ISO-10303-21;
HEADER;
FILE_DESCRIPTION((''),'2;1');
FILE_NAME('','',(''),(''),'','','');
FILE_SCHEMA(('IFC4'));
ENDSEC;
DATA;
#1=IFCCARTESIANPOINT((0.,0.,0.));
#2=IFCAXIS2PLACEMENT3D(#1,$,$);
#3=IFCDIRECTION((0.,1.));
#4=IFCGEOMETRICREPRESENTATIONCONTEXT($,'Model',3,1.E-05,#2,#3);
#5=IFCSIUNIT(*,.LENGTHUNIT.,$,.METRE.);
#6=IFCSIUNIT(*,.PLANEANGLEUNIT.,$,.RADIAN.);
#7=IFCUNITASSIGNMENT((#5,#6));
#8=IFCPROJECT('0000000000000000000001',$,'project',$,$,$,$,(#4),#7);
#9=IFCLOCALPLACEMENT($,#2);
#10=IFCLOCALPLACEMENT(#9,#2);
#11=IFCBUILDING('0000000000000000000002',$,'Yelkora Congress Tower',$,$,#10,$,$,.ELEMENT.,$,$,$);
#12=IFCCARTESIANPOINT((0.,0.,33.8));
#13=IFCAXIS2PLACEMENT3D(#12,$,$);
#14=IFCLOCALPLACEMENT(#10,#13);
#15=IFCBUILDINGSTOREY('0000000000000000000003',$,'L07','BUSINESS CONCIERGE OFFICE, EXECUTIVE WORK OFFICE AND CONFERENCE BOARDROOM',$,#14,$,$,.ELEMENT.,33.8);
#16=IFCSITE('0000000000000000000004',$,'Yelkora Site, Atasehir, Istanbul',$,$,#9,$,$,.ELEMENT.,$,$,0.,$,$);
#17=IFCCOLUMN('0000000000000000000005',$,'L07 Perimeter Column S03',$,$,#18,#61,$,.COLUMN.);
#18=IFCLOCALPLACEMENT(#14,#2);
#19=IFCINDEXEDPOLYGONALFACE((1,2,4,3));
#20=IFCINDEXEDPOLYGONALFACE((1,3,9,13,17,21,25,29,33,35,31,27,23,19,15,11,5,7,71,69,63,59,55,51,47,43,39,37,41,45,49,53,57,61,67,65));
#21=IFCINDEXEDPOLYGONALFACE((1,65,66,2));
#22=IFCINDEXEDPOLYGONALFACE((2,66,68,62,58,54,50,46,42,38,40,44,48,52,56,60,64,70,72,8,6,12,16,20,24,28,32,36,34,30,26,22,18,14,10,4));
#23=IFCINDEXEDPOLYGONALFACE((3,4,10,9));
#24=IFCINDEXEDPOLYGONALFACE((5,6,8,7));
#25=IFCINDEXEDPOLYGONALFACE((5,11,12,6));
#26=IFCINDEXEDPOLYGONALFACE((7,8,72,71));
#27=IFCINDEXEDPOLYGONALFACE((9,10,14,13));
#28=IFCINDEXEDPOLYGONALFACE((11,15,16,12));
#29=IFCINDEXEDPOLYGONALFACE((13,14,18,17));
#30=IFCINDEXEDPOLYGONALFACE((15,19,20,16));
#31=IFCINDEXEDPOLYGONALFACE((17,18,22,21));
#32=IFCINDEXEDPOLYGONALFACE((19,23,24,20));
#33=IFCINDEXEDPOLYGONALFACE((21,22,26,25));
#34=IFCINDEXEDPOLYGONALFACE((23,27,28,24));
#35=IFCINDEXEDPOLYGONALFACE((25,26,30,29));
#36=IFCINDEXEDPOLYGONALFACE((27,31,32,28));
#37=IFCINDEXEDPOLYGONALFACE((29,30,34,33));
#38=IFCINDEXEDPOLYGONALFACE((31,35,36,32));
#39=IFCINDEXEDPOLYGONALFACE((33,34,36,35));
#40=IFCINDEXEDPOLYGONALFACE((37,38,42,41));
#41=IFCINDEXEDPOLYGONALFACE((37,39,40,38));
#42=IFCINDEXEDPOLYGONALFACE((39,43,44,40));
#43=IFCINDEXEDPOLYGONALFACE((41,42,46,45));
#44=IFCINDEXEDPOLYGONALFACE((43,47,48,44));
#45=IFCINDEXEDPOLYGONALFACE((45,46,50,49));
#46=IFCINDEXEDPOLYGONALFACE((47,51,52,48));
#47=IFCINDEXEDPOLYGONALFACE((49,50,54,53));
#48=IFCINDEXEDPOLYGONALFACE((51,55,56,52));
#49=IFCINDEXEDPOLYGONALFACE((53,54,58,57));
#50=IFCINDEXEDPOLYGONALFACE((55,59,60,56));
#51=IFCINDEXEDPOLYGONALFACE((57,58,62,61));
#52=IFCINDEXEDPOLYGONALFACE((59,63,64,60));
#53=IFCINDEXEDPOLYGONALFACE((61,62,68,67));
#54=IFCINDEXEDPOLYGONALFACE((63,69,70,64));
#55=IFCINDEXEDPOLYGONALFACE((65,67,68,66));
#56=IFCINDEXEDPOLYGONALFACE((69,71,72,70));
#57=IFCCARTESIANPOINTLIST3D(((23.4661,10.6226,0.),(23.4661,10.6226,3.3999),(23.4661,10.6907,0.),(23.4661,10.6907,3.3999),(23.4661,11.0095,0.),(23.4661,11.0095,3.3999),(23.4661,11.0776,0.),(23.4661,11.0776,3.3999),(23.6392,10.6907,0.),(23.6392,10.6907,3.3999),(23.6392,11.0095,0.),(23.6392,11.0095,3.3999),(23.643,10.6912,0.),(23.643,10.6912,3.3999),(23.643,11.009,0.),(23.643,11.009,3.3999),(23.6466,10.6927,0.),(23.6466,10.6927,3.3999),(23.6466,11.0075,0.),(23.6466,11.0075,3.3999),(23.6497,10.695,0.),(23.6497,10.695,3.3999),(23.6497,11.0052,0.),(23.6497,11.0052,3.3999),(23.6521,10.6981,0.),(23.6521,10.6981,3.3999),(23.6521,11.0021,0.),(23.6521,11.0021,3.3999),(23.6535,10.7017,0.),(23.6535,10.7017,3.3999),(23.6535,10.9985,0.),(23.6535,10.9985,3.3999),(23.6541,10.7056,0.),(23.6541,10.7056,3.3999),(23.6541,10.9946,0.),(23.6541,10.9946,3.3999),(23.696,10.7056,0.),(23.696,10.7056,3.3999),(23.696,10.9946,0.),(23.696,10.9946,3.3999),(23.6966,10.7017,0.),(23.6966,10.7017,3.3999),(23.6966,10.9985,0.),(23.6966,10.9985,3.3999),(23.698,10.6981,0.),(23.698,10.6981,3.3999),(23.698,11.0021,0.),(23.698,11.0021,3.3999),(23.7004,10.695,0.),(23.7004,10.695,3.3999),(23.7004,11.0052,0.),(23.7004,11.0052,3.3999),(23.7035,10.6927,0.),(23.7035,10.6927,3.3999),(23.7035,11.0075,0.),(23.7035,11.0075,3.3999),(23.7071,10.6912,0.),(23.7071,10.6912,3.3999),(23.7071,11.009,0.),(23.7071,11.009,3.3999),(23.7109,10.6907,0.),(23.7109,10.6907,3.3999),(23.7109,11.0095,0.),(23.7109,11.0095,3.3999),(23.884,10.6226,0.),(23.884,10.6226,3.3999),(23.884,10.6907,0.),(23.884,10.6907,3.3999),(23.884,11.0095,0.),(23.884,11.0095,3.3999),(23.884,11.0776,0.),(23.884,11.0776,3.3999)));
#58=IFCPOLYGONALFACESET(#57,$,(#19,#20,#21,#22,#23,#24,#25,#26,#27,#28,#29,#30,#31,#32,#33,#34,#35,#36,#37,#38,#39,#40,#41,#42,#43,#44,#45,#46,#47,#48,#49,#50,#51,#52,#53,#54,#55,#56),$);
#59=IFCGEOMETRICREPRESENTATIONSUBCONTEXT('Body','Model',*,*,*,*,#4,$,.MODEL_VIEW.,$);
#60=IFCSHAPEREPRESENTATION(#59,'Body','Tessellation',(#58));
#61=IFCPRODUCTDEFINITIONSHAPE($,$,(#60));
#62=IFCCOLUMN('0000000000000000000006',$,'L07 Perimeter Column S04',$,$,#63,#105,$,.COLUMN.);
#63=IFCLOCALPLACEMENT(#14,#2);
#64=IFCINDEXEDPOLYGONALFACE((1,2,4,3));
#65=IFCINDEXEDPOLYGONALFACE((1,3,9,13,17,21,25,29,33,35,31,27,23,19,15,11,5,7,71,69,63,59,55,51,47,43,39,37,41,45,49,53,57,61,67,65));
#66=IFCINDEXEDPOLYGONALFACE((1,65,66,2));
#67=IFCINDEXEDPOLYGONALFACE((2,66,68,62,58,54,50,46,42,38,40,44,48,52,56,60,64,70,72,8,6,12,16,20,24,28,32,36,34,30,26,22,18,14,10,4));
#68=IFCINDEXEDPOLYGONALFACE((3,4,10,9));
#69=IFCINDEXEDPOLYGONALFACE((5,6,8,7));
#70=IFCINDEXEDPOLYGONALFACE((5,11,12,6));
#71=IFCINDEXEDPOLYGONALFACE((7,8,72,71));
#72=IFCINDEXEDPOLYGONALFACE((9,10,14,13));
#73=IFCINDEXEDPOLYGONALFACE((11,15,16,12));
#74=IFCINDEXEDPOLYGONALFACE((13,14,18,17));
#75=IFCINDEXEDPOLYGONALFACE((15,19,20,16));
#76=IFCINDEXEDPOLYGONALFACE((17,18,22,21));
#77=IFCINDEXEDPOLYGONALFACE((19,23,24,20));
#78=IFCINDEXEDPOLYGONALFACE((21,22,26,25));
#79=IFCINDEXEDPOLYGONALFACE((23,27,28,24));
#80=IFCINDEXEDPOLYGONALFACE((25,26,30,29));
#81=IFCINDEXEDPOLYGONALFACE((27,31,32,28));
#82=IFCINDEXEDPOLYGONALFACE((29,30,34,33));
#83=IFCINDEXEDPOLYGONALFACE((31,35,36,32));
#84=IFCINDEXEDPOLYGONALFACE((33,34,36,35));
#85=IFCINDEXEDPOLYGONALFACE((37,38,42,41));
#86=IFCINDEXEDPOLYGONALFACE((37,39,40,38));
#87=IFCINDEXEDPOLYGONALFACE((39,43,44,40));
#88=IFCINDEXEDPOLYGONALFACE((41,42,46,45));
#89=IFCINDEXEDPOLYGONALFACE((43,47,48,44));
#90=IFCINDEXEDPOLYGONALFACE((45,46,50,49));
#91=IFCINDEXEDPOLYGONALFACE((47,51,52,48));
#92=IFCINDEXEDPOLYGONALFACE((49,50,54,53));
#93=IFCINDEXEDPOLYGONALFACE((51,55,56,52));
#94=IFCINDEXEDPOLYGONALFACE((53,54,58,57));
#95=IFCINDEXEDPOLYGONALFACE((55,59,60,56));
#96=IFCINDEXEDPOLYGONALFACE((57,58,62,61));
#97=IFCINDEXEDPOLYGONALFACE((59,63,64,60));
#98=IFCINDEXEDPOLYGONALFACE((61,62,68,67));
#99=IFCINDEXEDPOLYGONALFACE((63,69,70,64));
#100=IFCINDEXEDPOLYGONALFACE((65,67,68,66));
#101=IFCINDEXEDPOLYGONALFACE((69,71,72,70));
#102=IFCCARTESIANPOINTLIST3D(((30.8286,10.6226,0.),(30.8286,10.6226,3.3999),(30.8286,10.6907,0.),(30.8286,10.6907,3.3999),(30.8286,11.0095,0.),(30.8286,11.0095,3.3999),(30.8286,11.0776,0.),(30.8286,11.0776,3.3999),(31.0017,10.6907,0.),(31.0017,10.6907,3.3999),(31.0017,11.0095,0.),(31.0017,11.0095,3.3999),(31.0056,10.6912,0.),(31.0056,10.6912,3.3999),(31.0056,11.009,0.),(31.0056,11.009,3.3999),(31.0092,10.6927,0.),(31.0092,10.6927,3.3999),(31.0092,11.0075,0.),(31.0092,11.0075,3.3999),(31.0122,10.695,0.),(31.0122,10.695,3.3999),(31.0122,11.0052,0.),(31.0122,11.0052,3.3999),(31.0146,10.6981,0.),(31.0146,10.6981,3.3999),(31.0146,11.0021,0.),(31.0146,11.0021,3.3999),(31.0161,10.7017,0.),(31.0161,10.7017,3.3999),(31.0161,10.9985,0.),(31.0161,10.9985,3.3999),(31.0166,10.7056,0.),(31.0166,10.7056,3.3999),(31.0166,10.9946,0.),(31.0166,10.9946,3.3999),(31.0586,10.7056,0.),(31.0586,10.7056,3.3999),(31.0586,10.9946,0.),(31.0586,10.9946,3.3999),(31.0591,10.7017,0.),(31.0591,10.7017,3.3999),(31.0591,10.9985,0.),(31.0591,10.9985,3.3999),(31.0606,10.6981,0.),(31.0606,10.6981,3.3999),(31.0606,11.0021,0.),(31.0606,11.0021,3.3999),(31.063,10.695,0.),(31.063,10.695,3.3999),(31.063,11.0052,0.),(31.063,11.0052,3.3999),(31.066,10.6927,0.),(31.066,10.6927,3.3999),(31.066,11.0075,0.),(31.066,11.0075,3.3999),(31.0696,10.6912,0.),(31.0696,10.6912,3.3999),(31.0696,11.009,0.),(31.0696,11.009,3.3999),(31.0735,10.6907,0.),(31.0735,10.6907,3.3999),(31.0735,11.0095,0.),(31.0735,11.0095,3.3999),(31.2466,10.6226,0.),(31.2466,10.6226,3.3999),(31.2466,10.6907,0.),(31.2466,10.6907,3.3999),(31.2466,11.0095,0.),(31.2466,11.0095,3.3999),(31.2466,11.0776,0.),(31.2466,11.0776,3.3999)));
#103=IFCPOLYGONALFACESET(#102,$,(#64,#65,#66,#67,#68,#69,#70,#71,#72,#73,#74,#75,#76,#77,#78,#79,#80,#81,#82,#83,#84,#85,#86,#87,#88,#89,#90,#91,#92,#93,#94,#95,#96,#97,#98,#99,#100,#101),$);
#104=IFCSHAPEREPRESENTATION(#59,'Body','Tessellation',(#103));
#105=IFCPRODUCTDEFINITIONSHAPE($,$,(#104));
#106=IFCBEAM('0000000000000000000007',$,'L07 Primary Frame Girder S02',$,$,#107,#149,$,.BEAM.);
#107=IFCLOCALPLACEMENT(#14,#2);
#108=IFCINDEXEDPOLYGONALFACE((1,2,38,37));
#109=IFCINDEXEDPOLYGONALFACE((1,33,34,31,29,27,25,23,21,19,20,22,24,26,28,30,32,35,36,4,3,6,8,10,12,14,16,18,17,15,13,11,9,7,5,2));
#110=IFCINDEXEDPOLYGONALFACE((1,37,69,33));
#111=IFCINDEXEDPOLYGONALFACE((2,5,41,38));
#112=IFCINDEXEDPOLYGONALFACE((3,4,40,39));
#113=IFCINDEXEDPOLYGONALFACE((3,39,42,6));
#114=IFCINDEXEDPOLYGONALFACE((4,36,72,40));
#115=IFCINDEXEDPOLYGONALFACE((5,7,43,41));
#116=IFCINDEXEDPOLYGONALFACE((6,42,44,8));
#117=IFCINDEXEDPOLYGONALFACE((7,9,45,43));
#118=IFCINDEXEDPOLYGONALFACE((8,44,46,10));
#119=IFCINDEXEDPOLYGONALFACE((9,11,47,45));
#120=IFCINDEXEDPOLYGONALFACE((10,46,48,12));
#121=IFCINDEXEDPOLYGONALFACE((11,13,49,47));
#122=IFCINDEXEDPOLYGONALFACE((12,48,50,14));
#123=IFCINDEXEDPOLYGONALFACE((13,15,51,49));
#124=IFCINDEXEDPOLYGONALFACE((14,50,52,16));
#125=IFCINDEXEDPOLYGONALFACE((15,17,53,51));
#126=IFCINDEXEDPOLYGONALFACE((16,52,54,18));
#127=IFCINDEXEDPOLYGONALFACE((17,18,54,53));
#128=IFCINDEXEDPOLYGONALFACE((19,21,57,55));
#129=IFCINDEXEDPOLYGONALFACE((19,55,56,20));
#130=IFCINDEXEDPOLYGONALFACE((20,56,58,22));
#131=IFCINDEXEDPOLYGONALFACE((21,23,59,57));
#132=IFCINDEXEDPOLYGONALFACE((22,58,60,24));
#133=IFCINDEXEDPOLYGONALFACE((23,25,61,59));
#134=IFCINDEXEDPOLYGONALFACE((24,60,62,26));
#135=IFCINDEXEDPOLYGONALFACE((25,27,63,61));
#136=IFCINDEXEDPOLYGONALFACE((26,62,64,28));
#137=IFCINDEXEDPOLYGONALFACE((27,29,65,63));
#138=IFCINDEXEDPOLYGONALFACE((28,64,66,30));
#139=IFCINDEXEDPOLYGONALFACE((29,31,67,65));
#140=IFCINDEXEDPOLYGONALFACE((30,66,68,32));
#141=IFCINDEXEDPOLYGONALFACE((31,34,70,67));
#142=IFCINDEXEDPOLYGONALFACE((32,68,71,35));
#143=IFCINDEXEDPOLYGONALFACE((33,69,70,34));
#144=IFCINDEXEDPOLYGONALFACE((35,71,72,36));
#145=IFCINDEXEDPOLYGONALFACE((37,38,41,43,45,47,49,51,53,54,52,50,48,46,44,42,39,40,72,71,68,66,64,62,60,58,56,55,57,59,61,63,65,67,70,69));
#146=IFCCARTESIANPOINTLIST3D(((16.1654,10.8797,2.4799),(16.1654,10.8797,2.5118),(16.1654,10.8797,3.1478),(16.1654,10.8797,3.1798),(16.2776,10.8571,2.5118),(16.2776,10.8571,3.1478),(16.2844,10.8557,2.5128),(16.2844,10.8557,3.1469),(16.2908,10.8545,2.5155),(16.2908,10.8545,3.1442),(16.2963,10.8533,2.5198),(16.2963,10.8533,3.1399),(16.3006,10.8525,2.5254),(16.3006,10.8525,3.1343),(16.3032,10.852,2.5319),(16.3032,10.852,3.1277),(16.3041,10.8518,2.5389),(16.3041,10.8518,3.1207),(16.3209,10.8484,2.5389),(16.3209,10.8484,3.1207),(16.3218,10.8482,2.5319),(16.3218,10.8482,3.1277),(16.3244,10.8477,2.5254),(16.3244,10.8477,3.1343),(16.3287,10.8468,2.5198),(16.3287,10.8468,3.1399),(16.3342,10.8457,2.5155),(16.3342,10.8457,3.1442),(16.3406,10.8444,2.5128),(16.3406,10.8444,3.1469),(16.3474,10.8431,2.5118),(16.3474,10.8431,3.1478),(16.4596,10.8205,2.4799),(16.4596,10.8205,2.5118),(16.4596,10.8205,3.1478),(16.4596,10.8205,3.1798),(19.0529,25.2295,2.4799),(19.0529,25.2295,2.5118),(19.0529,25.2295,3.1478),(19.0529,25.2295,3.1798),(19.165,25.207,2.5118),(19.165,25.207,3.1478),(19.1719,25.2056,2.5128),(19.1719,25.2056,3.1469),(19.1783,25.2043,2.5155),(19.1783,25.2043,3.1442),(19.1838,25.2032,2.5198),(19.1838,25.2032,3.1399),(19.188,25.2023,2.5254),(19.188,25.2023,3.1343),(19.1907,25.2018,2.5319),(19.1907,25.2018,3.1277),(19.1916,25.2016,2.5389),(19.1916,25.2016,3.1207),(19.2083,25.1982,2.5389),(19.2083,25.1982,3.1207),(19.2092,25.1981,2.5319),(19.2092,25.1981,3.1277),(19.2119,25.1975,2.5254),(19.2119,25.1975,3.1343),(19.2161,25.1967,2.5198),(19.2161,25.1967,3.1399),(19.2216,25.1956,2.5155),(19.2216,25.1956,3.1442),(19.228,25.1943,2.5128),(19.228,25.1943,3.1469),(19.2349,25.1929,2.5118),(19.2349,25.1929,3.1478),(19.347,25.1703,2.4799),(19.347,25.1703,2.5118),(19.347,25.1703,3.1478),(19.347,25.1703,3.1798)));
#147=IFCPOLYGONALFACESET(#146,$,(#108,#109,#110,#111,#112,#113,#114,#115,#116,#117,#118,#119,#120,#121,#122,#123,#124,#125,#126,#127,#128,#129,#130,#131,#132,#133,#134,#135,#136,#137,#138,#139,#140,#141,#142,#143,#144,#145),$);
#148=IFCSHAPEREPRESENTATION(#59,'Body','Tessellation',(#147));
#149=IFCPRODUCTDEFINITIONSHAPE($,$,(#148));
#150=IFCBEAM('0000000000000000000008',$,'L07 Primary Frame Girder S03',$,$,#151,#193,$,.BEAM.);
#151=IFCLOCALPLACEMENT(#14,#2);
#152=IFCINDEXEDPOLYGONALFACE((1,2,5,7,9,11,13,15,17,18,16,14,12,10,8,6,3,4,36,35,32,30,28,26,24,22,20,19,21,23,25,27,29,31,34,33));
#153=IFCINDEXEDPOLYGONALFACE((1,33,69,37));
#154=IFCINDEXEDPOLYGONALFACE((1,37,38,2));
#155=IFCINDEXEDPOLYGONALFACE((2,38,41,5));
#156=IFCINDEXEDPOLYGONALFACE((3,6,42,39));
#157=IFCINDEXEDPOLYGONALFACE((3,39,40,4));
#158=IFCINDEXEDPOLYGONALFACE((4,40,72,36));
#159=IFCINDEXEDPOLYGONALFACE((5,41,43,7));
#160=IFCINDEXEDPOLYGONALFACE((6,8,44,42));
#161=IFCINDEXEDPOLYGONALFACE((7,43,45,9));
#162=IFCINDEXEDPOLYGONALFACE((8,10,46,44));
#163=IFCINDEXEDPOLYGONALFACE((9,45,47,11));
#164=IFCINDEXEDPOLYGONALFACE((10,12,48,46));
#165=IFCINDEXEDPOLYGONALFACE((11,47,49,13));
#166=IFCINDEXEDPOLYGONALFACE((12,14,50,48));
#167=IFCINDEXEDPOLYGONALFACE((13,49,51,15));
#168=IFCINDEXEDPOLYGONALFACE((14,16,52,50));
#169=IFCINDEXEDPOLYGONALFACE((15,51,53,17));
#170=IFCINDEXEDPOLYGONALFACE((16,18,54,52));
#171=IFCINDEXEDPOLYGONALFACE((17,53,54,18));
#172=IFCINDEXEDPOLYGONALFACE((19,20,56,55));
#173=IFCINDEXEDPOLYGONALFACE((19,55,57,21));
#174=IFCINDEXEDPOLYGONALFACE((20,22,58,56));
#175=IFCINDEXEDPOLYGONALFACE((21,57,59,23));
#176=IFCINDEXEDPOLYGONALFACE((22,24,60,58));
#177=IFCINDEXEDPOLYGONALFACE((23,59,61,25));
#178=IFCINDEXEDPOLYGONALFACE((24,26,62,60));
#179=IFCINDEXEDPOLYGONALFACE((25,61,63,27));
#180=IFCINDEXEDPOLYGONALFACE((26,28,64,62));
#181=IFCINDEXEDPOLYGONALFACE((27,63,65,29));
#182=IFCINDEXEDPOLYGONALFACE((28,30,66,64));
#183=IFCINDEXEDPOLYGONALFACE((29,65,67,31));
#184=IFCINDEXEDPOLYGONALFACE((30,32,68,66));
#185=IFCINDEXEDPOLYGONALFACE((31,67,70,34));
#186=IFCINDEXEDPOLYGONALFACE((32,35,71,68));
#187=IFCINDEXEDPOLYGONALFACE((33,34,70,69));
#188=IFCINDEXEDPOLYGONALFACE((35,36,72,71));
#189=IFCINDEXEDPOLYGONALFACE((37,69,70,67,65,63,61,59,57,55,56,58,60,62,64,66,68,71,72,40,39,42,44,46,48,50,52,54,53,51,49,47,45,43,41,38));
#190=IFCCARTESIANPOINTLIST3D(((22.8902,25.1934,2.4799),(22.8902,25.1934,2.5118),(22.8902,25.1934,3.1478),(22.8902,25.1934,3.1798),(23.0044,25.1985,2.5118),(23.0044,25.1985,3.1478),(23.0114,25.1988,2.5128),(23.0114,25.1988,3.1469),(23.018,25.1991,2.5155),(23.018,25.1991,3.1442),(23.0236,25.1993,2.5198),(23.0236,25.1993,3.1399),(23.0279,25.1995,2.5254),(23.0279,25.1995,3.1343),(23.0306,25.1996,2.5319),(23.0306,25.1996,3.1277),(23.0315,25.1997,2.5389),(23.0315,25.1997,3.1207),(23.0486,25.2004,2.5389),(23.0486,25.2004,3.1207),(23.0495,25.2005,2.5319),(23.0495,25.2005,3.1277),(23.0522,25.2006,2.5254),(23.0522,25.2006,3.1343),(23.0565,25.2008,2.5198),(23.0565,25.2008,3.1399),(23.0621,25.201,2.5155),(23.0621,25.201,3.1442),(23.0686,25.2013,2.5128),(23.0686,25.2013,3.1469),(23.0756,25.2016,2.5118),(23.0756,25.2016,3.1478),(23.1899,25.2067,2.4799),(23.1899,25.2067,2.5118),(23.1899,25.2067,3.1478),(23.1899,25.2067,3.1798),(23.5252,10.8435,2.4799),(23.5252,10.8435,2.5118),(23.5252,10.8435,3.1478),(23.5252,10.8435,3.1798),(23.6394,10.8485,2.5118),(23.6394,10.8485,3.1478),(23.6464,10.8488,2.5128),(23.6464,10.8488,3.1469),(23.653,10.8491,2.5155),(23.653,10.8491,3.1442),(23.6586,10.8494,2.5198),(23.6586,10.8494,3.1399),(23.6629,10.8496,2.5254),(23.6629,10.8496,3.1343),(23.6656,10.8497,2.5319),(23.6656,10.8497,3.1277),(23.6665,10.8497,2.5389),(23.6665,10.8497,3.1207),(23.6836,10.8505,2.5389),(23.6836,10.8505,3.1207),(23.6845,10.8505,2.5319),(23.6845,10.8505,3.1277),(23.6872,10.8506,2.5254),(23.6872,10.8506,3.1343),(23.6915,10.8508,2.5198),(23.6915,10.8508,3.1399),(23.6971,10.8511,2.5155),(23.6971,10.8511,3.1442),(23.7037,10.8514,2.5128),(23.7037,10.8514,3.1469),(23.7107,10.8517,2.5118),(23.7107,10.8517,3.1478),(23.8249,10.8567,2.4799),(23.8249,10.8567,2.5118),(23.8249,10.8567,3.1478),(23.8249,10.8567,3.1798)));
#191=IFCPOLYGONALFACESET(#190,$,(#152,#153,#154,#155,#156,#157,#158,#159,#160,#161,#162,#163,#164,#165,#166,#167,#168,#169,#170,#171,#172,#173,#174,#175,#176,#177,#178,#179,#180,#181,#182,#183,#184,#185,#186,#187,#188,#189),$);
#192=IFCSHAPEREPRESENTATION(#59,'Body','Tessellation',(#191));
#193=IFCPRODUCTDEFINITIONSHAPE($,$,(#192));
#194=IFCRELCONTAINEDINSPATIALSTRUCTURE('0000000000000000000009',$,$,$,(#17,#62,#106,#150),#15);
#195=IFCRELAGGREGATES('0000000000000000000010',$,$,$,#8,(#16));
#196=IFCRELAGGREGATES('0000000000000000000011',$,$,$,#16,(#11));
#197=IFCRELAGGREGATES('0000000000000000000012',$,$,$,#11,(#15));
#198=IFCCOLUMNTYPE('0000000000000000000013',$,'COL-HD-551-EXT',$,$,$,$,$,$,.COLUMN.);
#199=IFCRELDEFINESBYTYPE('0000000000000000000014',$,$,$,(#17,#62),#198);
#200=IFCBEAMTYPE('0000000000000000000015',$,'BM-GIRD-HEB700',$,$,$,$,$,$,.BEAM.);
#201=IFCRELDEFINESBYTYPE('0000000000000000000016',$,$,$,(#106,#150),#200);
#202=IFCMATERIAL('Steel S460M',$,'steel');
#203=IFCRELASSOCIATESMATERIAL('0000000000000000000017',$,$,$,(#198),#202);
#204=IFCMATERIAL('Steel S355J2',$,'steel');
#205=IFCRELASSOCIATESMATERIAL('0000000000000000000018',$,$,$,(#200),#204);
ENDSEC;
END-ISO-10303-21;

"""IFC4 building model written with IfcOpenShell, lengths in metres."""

from ifc_helpers import new_model, si_unit, direction, frame, origin, origin_2d, place, context, subcontext, project, spatial, i_section, extrude, material, material_profile, profile_set, type_object, element, save


model = new_model("IFC4")

# Units and contexts
model_context = context("Model", 3, precision=1e-05, world=origin(), true_north=direction((0.0, 1.0)))
body_context = subcontext(model_context, "Body", "Model", "MODEL_VIEW")
ifc_project = project(units=[si_unit("LENGTHUNIT", "METRE"), si_unit("PLANEANGLEUNIT", "RADIAN")], contexts=[model_context])

# Site, building, storey
site_placement = place(None, origin())
site = spatial("IfcSite", under=ifc_project, at=site_placement, Name="Yelkora Site, Atasehir, Istanbul", CompositionType="ELEMENT", RefElevation=0.0)
building_placement = place(site_placement, origin())
building = spatial("IfcBuilding", under=site, at=building_placement, Name="Yelkora Congress Tower", CompositionType="ELEMENT")
storey_placement = place(building_placement, frame((0.0, 0.0, 33.8)))
storey = spatial("IfcBuildingStorey", under=building, at=storey_placement, Name="L07", Description="BUSINESS CONCIERGE OFFICE, EXECUTIVE WORK OFFICE AND CONFERENCE BOARDROOM", CompositionType="ELEMENT", Elevation=33.8)

# Columns
ifc_material_1 = material(Name="Steel S460M", Category="steel")
ifc_material_profile_1 = material_profile(ifc_material_1, i_section(OverallWidth=0.418, OverallDepth=0.4551, WebThickness=0.042, FlangeThickness=0.0681, FilletRadius=0.0149, at=origin_2d()), Name="HD 400x551")
ifc_profile_set_1 = profile_set([ifc_material_profile_1], Name="Steel S460M")
column_type = type_object("IfcColumnType", Name="COL-HD-551-EXT", PredefinedType="COLUMN", material=ifc_profile_set_1)
for number, where, z_axis, x_axis, name in (
    (1, (23.675, 10.8501, 0.0), (0.0, 0.0, 1.0), (1.0, 0.0, 0.0), "L07 Perimeter Column S03"),
    (2, (31.0376, 10.8501, 0.0), (0.0, 0.0, 1.0), (1.0, 0.0, 0.0), "L07 Perimeter Column S04"),
):
    element("IfcColumn", number, at=place(storey_placement, frame(where, z_axis=z_axis, x_axis=x_axis)), inside=storey, type_object=column_type, Name=name, PredefinedType="COLUMN", context=body_context, shape_type="SweptSolid", body=[
        extrude(i_section(OverallWidth=0.418, OverallDepth=0.4551, WebThickness=0.042, FlangeThickness=0.0681, FilletRadius=0.0149, at=origin_2d()), origin(), (0.0, 0.0, 1.0), 3.3999),
    ])

# Beams
ifc_material_2 = material(Name="Steel S355J2", Category="steel")
ifc_material_profile_2 = material_profile(ifc_material_2, i_section(OverallWidth=0.3, OverallDepth=0.7, WebThickness=0.0171, FlangeThickness=0.032, FilletRadius=0.0271, at=origin_2d()), Name="HEB 700")
ifc_profile_set_2 = profile_set([ifc_material_profile_2], Name="Steel S355J2")
beam_type_1 = type_object("IfcBeamType", Name="BM-GIRD-HEB700", PredefinedType="BEAM", material=ifc_profile_set_2)
beam_1_placement = place(storey_placement, frame((16.3125, 10.8501, 2.8298), z_axis=(0.197264, 0.98035, 0.0), x_axis=(-0.98035, 0.197264, 0.0)))
element("IfcBeam", 3, at=beam_1_placement, inside=storey, type_object=beam_type_1, Name="L07 Primary Frame Girder S02", PredefinedType="BEAM", context=body_context, shape_type="SweptSolid", body=[
    extrude(i_section(OverallWidth=0.3, OverallDepth=0.7, WebThickness=0.0171, FlangeThickness=0.032, FilletRadius=0.0271, at=origin_2d()), origin(), (0.0, 0.0, 1.0), 14.6375),
])
beam_2_placement = place(storey_placement, frame((23.675, 10.8501, 2.8298), z_axis=(-0.044209, 0.999022, 0.0), x_axis=(-0.999022, -0.044209, 0.0)))
element("IfcBeam", 4, at=beam_2_placement, inside=storey, type_object=beam_type_1, Name="L07 Primary Frame Girder S03", PredefinedType="BEAM", context=body_context, shape_type="SweptSolid", body=[
    extrude(i_section(OverallWidth=0.3, OverallDepth=0.7, WebThickness=0.0171, FlangeThickness=0.032, FilletRadius=0.0271, at=origin_2d()), origin(), (0.0, 0.0, 1.0), 14.364),
])

save(model, "model.ifc")
